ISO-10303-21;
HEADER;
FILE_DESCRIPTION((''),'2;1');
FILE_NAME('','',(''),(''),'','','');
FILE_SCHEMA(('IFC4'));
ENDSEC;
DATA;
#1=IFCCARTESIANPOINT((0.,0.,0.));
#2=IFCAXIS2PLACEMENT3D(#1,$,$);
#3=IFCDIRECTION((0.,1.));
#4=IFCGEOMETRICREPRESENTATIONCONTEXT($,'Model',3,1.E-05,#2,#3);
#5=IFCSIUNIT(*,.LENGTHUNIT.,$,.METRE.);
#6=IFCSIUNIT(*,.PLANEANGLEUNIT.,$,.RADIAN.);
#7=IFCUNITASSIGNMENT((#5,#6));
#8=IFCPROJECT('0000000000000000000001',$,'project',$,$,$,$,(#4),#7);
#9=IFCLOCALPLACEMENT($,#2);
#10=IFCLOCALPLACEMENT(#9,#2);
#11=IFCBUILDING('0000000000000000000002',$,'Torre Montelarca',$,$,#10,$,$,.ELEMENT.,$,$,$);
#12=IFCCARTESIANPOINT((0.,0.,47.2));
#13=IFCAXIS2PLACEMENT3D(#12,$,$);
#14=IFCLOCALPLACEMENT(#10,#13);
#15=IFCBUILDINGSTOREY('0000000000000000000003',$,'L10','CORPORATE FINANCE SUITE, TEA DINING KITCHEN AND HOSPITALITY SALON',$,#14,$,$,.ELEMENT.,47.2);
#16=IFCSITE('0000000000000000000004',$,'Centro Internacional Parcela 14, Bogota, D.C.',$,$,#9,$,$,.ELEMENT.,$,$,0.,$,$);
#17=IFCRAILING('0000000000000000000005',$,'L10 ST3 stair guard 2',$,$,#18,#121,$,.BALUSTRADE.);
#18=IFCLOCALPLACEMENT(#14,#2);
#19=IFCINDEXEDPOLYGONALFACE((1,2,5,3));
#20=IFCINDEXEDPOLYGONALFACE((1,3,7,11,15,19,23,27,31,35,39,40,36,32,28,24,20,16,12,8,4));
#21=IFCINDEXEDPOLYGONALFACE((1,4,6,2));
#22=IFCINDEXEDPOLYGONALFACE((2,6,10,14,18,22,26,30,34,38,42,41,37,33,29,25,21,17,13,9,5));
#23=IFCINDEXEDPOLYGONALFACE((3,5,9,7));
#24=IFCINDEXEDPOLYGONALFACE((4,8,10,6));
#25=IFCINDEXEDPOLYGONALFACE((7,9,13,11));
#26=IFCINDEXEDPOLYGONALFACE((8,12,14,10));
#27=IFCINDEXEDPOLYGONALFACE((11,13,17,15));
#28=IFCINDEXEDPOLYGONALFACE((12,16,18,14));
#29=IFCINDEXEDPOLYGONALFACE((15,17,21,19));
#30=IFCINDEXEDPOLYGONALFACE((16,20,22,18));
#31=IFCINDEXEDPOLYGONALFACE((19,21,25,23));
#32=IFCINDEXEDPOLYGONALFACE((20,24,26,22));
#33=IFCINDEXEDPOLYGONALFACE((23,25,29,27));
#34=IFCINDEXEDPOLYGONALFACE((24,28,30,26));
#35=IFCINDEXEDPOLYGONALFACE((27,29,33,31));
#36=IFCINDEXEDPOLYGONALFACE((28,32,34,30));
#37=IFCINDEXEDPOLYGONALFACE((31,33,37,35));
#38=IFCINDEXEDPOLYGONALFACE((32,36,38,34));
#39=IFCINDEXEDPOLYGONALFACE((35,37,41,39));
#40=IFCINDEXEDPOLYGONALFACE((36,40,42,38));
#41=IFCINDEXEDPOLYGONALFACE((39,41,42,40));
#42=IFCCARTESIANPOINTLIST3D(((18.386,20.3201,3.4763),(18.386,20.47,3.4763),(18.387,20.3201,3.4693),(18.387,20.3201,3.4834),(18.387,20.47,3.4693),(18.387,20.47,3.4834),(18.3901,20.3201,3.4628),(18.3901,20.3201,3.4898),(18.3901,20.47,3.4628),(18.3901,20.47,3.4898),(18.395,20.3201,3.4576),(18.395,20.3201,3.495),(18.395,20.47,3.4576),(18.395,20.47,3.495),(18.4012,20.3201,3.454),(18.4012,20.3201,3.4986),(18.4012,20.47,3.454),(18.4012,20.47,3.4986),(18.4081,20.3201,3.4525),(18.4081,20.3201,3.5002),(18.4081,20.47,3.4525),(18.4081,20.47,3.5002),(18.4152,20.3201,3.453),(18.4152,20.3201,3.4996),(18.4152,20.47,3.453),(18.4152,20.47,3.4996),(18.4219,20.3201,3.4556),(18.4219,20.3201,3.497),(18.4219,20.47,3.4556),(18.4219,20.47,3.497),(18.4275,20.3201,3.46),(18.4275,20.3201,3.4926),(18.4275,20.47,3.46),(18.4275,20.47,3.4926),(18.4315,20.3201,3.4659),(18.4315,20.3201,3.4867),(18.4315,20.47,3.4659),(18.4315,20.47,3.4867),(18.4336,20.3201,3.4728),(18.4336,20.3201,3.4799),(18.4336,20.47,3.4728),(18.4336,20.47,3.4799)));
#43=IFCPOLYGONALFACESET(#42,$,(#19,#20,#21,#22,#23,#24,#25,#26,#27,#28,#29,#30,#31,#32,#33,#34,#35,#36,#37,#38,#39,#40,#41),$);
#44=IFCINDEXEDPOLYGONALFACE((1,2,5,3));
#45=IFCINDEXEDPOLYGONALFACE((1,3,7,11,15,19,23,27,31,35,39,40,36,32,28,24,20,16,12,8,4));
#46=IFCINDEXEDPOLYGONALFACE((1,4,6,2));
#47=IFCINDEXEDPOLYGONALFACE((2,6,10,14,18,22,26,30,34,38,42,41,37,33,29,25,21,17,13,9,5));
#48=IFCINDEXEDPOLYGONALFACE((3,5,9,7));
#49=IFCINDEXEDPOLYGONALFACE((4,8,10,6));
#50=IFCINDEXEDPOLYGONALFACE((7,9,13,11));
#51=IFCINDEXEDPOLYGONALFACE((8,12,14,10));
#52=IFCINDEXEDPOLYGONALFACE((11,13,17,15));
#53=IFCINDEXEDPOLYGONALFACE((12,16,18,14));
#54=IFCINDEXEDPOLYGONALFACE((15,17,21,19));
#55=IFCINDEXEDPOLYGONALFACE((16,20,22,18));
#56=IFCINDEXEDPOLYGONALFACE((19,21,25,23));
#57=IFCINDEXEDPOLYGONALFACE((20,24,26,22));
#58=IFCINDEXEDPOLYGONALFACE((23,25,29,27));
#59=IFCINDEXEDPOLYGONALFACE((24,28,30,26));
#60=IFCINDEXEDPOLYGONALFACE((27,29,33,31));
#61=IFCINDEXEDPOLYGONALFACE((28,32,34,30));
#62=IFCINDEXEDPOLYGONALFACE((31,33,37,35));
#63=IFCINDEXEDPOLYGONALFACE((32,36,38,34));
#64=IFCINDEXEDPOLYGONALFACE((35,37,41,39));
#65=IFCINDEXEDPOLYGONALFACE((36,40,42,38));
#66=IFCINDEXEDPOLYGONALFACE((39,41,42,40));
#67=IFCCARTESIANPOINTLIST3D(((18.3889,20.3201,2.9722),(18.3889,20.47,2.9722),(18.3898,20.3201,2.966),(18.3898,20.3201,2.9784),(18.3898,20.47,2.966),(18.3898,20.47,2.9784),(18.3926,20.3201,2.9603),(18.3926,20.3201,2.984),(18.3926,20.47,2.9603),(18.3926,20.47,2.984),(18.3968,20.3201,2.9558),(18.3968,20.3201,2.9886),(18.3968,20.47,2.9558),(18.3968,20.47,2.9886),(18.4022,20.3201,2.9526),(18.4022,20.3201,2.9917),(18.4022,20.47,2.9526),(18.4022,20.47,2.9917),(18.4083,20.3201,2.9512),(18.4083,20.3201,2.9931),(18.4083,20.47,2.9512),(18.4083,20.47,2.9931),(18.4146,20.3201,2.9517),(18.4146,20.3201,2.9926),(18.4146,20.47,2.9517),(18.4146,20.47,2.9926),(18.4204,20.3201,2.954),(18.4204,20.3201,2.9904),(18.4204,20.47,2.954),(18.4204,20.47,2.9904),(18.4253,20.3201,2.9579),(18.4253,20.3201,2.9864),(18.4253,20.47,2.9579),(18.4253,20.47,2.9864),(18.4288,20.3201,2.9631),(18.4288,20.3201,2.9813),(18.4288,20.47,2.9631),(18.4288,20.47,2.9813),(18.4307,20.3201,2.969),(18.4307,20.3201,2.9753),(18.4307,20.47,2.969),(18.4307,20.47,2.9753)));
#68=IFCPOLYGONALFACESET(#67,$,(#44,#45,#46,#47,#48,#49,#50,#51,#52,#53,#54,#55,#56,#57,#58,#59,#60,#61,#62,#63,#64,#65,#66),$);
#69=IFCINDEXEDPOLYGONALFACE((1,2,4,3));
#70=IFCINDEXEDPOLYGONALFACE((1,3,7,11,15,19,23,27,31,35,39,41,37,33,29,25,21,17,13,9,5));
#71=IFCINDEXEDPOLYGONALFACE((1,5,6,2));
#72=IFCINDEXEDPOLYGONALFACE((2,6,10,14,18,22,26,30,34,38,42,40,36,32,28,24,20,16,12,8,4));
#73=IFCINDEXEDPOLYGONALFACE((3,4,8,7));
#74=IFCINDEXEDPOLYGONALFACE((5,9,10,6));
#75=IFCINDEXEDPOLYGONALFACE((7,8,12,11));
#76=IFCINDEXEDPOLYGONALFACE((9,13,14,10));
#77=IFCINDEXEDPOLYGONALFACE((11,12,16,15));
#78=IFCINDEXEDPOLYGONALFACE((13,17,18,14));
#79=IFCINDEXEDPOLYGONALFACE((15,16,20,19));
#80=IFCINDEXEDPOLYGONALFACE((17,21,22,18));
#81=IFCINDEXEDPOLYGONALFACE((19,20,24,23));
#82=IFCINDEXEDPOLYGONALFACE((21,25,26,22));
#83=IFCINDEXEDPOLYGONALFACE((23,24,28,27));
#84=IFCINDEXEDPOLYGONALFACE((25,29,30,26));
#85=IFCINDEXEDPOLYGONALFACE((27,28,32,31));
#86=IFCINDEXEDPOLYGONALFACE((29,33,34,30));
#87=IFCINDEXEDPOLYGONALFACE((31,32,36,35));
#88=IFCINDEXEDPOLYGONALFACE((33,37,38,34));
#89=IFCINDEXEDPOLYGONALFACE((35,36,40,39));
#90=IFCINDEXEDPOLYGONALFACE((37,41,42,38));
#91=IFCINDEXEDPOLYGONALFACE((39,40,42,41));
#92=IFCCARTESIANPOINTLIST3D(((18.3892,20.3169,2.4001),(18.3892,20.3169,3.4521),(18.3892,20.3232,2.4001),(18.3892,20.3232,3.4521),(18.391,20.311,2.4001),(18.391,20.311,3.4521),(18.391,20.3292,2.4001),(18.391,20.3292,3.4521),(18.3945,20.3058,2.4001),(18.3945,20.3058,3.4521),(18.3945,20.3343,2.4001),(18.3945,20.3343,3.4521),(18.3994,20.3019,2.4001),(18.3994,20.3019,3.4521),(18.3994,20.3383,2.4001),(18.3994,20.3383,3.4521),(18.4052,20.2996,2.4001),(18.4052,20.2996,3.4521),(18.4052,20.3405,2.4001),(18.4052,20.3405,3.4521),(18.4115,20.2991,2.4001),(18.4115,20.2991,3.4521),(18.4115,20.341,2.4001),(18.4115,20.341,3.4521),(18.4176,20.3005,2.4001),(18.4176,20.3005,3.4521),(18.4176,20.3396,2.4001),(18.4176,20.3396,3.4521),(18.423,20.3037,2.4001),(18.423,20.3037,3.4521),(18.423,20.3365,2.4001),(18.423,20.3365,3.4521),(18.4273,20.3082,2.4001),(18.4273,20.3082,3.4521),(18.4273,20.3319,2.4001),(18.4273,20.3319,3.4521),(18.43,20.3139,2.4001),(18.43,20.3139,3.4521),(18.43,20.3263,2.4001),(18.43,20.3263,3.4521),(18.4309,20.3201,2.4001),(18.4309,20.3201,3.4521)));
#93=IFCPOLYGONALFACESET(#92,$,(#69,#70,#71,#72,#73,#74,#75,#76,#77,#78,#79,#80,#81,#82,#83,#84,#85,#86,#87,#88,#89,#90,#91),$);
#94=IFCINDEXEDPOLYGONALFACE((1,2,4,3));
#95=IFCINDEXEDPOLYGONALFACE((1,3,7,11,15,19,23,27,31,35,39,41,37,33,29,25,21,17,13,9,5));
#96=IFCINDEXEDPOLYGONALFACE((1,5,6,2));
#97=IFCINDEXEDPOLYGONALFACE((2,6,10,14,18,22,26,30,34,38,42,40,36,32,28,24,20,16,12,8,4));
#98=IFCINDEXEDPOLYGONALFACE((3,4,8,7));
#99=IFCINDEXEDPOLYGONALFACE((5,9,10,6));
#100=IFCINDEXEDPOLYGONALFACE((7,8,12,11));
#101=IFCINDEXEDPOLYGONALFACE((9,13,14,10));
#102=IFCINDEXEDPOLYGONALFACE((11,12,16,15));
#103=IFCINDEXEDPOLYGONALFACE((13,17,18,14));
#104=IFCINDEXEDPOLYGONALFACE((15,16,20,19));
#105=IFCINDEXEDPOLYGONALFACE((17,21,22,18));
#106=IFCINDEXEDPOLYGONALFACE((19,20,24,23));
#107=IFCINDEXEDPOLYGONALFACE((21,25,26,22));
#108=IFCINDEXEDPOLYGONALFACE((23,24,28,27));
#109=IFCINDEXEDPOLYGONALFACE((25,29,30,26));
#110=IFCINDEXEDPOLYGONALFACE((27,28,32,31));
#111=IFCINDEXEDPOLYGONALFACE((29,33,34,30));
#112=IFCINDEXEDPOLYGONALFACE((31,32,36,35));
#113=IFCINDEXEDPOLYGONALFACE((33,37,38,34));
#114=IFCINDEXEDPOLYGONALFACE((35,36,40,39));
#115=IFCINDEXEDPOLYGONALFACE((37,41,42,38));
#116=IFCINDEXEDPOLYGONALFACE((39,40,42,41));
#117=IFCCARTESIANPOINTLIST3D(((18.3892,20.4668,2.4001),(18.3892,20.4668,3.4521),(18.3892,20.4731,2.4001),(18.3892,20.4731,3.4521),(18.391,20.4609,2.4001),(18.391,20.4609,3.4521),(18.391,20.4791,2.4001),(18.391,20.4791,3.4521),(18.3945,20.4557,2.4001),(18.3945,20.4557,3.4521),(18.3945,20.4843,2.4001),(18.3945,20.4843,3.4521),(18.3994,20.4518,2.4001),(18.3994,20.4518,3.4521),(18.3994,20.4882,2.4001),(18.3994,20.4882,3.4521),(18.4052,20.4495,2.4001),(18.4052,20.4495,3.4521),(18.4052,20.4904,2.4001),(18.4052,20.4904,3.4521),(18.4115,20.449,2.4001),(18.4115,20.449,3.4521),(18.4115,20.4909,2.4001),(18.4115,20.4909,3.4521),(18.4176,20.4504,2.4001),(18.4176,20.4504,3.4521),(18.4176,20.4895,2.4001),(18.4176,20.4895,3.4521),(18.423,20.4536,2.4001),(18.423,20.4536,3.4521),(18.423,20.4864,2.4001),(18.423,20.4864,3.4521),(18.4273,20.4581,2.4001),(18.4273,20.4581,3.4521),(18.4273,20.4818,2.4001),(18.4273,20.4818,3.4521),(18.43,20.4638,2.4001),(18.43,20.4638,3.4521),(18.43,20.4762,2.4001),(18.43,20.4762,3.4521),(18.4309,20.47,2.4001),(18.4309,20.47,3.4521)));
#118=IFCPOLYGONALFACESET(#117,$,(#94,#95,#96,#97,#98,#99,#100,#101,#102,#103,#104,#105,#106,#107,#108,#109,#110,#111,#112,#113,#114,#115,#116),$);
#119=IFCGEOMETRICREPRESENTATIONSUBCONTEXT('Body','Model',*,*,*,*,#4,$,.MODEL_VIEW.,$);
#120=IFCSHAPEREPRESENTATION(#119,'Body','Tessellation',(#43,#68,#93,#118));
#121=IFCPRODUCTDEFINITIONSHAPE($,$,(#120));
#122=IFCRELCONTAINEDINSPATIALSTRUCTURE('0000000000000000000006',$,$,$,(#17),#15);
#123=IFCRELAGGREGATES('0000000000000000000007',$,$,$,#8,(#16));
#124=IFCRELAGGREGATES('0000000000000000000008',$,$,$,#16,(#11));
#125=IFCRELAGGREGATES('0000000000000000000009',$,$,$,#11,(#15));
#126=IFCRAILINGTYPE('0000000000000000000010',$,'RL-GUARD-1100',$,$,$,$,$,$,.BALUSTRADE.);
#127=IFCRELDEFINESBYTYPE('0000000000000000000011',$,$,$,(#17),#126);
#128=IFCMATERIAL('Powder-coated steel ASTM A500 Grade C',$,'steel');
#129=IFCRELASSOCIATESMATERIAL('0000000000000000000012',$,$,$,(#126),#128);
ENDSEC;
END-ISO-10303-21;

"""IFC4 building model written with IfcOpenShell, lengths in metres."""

from ifc_helpers import new_model, si_unit, direction, frame, origin, origin_2d, place, context, subcontext, project, spatial, circle, extrude, material, type_object, element, save


model = new_model("IFC4")

# Units and contexts
model_context = context("Model", 3, precision=1e-05, world=origin(), true_north=direction((0.0, 1.0)))
body_context = subcontext(model_context, "Body", "Model", "MODEL_VIEW")
ifc_project = project(units=[si_unit("LENGTHUNIT", "METRE"), si_unit("PLANEANGLEUNIT", "RADIAN")], contexts=[model_context])

# Site, building, storey
site_placement = place(None, origin())
site = spatial("IfcSite", under=ifc_project, at=site_placement, Name="Centro Internacional Parcela 14, Bogota, D.C.", CompositionType="ELEMENT", RefElevation=0.0)
building_placement = place(site_placement, origin())
building = spatial("IfcBuilding", under=site, at=building_placement, Name="Torre Montelarca", CompositionType="ELEMENT")
storey_placement = place(building_placement, frame((0.0, 0.0, 47.2)))
storey = spatial("IfcBuildingStorey", under=building, at=storey_placement, Name="L10", Description="CORPORATE FINANCE SUITE, TEA DINING KITCHEN AND HOSPITALITY SALON", CompositionType="ELEMENT", Elevation=47.2)

# Railing
ifc_material_1 = material(Name="Powder-coated steel ASTM A500 Grade C", Category="steel")
railing_type_1 = type_object("IfcRailingType", Name="RL-GUARD-1100", PredefinedType="BALUSTRADE", material=ifc_material_1)
railing_1_placement = place(storey_placement, frame((18.4099, 20.3201, 2.4001)))
element("IfcRailing", 1, at=railing_1_placement, inside=storey, type_object=railing_type_1, Name="L10 ST3 stair guard 2", PredefinedType="BALUSTRADE", context=body_context, shape_type="SweptSolid", body=[
    extrude(circle(Radius=0.0239, at=origin_2d()), frame((0.0, 0.0, 1.0762), z_axis=(0.0, 1.0, 0.0), x_axis=(-1.0, 0.0, 0.0)), (0.0, 0.0, 1.0), 0.1499),
    extrude(circle(Radius=0.021, at=origin_2d()), frame((0.0, 0.0, 0.572), z_axis=(0.0, 1.0, 0.0), x_axis=(-1.0, 0.0, 0.0)), (0.0, 0.0, 1.0), 0.1499),
    extrude(circle(Radius=0.021, at=origin_2d()), origin(), (0.0, 0.0, 1.0), 1.052),
    extrude(circle(Radius=0.021, at=origin_2d()), frame((0.0, 0.1499, 0.0)), (0.0, 0.0, 1.0), 1.052),
])

save(model, "model.ifc")
